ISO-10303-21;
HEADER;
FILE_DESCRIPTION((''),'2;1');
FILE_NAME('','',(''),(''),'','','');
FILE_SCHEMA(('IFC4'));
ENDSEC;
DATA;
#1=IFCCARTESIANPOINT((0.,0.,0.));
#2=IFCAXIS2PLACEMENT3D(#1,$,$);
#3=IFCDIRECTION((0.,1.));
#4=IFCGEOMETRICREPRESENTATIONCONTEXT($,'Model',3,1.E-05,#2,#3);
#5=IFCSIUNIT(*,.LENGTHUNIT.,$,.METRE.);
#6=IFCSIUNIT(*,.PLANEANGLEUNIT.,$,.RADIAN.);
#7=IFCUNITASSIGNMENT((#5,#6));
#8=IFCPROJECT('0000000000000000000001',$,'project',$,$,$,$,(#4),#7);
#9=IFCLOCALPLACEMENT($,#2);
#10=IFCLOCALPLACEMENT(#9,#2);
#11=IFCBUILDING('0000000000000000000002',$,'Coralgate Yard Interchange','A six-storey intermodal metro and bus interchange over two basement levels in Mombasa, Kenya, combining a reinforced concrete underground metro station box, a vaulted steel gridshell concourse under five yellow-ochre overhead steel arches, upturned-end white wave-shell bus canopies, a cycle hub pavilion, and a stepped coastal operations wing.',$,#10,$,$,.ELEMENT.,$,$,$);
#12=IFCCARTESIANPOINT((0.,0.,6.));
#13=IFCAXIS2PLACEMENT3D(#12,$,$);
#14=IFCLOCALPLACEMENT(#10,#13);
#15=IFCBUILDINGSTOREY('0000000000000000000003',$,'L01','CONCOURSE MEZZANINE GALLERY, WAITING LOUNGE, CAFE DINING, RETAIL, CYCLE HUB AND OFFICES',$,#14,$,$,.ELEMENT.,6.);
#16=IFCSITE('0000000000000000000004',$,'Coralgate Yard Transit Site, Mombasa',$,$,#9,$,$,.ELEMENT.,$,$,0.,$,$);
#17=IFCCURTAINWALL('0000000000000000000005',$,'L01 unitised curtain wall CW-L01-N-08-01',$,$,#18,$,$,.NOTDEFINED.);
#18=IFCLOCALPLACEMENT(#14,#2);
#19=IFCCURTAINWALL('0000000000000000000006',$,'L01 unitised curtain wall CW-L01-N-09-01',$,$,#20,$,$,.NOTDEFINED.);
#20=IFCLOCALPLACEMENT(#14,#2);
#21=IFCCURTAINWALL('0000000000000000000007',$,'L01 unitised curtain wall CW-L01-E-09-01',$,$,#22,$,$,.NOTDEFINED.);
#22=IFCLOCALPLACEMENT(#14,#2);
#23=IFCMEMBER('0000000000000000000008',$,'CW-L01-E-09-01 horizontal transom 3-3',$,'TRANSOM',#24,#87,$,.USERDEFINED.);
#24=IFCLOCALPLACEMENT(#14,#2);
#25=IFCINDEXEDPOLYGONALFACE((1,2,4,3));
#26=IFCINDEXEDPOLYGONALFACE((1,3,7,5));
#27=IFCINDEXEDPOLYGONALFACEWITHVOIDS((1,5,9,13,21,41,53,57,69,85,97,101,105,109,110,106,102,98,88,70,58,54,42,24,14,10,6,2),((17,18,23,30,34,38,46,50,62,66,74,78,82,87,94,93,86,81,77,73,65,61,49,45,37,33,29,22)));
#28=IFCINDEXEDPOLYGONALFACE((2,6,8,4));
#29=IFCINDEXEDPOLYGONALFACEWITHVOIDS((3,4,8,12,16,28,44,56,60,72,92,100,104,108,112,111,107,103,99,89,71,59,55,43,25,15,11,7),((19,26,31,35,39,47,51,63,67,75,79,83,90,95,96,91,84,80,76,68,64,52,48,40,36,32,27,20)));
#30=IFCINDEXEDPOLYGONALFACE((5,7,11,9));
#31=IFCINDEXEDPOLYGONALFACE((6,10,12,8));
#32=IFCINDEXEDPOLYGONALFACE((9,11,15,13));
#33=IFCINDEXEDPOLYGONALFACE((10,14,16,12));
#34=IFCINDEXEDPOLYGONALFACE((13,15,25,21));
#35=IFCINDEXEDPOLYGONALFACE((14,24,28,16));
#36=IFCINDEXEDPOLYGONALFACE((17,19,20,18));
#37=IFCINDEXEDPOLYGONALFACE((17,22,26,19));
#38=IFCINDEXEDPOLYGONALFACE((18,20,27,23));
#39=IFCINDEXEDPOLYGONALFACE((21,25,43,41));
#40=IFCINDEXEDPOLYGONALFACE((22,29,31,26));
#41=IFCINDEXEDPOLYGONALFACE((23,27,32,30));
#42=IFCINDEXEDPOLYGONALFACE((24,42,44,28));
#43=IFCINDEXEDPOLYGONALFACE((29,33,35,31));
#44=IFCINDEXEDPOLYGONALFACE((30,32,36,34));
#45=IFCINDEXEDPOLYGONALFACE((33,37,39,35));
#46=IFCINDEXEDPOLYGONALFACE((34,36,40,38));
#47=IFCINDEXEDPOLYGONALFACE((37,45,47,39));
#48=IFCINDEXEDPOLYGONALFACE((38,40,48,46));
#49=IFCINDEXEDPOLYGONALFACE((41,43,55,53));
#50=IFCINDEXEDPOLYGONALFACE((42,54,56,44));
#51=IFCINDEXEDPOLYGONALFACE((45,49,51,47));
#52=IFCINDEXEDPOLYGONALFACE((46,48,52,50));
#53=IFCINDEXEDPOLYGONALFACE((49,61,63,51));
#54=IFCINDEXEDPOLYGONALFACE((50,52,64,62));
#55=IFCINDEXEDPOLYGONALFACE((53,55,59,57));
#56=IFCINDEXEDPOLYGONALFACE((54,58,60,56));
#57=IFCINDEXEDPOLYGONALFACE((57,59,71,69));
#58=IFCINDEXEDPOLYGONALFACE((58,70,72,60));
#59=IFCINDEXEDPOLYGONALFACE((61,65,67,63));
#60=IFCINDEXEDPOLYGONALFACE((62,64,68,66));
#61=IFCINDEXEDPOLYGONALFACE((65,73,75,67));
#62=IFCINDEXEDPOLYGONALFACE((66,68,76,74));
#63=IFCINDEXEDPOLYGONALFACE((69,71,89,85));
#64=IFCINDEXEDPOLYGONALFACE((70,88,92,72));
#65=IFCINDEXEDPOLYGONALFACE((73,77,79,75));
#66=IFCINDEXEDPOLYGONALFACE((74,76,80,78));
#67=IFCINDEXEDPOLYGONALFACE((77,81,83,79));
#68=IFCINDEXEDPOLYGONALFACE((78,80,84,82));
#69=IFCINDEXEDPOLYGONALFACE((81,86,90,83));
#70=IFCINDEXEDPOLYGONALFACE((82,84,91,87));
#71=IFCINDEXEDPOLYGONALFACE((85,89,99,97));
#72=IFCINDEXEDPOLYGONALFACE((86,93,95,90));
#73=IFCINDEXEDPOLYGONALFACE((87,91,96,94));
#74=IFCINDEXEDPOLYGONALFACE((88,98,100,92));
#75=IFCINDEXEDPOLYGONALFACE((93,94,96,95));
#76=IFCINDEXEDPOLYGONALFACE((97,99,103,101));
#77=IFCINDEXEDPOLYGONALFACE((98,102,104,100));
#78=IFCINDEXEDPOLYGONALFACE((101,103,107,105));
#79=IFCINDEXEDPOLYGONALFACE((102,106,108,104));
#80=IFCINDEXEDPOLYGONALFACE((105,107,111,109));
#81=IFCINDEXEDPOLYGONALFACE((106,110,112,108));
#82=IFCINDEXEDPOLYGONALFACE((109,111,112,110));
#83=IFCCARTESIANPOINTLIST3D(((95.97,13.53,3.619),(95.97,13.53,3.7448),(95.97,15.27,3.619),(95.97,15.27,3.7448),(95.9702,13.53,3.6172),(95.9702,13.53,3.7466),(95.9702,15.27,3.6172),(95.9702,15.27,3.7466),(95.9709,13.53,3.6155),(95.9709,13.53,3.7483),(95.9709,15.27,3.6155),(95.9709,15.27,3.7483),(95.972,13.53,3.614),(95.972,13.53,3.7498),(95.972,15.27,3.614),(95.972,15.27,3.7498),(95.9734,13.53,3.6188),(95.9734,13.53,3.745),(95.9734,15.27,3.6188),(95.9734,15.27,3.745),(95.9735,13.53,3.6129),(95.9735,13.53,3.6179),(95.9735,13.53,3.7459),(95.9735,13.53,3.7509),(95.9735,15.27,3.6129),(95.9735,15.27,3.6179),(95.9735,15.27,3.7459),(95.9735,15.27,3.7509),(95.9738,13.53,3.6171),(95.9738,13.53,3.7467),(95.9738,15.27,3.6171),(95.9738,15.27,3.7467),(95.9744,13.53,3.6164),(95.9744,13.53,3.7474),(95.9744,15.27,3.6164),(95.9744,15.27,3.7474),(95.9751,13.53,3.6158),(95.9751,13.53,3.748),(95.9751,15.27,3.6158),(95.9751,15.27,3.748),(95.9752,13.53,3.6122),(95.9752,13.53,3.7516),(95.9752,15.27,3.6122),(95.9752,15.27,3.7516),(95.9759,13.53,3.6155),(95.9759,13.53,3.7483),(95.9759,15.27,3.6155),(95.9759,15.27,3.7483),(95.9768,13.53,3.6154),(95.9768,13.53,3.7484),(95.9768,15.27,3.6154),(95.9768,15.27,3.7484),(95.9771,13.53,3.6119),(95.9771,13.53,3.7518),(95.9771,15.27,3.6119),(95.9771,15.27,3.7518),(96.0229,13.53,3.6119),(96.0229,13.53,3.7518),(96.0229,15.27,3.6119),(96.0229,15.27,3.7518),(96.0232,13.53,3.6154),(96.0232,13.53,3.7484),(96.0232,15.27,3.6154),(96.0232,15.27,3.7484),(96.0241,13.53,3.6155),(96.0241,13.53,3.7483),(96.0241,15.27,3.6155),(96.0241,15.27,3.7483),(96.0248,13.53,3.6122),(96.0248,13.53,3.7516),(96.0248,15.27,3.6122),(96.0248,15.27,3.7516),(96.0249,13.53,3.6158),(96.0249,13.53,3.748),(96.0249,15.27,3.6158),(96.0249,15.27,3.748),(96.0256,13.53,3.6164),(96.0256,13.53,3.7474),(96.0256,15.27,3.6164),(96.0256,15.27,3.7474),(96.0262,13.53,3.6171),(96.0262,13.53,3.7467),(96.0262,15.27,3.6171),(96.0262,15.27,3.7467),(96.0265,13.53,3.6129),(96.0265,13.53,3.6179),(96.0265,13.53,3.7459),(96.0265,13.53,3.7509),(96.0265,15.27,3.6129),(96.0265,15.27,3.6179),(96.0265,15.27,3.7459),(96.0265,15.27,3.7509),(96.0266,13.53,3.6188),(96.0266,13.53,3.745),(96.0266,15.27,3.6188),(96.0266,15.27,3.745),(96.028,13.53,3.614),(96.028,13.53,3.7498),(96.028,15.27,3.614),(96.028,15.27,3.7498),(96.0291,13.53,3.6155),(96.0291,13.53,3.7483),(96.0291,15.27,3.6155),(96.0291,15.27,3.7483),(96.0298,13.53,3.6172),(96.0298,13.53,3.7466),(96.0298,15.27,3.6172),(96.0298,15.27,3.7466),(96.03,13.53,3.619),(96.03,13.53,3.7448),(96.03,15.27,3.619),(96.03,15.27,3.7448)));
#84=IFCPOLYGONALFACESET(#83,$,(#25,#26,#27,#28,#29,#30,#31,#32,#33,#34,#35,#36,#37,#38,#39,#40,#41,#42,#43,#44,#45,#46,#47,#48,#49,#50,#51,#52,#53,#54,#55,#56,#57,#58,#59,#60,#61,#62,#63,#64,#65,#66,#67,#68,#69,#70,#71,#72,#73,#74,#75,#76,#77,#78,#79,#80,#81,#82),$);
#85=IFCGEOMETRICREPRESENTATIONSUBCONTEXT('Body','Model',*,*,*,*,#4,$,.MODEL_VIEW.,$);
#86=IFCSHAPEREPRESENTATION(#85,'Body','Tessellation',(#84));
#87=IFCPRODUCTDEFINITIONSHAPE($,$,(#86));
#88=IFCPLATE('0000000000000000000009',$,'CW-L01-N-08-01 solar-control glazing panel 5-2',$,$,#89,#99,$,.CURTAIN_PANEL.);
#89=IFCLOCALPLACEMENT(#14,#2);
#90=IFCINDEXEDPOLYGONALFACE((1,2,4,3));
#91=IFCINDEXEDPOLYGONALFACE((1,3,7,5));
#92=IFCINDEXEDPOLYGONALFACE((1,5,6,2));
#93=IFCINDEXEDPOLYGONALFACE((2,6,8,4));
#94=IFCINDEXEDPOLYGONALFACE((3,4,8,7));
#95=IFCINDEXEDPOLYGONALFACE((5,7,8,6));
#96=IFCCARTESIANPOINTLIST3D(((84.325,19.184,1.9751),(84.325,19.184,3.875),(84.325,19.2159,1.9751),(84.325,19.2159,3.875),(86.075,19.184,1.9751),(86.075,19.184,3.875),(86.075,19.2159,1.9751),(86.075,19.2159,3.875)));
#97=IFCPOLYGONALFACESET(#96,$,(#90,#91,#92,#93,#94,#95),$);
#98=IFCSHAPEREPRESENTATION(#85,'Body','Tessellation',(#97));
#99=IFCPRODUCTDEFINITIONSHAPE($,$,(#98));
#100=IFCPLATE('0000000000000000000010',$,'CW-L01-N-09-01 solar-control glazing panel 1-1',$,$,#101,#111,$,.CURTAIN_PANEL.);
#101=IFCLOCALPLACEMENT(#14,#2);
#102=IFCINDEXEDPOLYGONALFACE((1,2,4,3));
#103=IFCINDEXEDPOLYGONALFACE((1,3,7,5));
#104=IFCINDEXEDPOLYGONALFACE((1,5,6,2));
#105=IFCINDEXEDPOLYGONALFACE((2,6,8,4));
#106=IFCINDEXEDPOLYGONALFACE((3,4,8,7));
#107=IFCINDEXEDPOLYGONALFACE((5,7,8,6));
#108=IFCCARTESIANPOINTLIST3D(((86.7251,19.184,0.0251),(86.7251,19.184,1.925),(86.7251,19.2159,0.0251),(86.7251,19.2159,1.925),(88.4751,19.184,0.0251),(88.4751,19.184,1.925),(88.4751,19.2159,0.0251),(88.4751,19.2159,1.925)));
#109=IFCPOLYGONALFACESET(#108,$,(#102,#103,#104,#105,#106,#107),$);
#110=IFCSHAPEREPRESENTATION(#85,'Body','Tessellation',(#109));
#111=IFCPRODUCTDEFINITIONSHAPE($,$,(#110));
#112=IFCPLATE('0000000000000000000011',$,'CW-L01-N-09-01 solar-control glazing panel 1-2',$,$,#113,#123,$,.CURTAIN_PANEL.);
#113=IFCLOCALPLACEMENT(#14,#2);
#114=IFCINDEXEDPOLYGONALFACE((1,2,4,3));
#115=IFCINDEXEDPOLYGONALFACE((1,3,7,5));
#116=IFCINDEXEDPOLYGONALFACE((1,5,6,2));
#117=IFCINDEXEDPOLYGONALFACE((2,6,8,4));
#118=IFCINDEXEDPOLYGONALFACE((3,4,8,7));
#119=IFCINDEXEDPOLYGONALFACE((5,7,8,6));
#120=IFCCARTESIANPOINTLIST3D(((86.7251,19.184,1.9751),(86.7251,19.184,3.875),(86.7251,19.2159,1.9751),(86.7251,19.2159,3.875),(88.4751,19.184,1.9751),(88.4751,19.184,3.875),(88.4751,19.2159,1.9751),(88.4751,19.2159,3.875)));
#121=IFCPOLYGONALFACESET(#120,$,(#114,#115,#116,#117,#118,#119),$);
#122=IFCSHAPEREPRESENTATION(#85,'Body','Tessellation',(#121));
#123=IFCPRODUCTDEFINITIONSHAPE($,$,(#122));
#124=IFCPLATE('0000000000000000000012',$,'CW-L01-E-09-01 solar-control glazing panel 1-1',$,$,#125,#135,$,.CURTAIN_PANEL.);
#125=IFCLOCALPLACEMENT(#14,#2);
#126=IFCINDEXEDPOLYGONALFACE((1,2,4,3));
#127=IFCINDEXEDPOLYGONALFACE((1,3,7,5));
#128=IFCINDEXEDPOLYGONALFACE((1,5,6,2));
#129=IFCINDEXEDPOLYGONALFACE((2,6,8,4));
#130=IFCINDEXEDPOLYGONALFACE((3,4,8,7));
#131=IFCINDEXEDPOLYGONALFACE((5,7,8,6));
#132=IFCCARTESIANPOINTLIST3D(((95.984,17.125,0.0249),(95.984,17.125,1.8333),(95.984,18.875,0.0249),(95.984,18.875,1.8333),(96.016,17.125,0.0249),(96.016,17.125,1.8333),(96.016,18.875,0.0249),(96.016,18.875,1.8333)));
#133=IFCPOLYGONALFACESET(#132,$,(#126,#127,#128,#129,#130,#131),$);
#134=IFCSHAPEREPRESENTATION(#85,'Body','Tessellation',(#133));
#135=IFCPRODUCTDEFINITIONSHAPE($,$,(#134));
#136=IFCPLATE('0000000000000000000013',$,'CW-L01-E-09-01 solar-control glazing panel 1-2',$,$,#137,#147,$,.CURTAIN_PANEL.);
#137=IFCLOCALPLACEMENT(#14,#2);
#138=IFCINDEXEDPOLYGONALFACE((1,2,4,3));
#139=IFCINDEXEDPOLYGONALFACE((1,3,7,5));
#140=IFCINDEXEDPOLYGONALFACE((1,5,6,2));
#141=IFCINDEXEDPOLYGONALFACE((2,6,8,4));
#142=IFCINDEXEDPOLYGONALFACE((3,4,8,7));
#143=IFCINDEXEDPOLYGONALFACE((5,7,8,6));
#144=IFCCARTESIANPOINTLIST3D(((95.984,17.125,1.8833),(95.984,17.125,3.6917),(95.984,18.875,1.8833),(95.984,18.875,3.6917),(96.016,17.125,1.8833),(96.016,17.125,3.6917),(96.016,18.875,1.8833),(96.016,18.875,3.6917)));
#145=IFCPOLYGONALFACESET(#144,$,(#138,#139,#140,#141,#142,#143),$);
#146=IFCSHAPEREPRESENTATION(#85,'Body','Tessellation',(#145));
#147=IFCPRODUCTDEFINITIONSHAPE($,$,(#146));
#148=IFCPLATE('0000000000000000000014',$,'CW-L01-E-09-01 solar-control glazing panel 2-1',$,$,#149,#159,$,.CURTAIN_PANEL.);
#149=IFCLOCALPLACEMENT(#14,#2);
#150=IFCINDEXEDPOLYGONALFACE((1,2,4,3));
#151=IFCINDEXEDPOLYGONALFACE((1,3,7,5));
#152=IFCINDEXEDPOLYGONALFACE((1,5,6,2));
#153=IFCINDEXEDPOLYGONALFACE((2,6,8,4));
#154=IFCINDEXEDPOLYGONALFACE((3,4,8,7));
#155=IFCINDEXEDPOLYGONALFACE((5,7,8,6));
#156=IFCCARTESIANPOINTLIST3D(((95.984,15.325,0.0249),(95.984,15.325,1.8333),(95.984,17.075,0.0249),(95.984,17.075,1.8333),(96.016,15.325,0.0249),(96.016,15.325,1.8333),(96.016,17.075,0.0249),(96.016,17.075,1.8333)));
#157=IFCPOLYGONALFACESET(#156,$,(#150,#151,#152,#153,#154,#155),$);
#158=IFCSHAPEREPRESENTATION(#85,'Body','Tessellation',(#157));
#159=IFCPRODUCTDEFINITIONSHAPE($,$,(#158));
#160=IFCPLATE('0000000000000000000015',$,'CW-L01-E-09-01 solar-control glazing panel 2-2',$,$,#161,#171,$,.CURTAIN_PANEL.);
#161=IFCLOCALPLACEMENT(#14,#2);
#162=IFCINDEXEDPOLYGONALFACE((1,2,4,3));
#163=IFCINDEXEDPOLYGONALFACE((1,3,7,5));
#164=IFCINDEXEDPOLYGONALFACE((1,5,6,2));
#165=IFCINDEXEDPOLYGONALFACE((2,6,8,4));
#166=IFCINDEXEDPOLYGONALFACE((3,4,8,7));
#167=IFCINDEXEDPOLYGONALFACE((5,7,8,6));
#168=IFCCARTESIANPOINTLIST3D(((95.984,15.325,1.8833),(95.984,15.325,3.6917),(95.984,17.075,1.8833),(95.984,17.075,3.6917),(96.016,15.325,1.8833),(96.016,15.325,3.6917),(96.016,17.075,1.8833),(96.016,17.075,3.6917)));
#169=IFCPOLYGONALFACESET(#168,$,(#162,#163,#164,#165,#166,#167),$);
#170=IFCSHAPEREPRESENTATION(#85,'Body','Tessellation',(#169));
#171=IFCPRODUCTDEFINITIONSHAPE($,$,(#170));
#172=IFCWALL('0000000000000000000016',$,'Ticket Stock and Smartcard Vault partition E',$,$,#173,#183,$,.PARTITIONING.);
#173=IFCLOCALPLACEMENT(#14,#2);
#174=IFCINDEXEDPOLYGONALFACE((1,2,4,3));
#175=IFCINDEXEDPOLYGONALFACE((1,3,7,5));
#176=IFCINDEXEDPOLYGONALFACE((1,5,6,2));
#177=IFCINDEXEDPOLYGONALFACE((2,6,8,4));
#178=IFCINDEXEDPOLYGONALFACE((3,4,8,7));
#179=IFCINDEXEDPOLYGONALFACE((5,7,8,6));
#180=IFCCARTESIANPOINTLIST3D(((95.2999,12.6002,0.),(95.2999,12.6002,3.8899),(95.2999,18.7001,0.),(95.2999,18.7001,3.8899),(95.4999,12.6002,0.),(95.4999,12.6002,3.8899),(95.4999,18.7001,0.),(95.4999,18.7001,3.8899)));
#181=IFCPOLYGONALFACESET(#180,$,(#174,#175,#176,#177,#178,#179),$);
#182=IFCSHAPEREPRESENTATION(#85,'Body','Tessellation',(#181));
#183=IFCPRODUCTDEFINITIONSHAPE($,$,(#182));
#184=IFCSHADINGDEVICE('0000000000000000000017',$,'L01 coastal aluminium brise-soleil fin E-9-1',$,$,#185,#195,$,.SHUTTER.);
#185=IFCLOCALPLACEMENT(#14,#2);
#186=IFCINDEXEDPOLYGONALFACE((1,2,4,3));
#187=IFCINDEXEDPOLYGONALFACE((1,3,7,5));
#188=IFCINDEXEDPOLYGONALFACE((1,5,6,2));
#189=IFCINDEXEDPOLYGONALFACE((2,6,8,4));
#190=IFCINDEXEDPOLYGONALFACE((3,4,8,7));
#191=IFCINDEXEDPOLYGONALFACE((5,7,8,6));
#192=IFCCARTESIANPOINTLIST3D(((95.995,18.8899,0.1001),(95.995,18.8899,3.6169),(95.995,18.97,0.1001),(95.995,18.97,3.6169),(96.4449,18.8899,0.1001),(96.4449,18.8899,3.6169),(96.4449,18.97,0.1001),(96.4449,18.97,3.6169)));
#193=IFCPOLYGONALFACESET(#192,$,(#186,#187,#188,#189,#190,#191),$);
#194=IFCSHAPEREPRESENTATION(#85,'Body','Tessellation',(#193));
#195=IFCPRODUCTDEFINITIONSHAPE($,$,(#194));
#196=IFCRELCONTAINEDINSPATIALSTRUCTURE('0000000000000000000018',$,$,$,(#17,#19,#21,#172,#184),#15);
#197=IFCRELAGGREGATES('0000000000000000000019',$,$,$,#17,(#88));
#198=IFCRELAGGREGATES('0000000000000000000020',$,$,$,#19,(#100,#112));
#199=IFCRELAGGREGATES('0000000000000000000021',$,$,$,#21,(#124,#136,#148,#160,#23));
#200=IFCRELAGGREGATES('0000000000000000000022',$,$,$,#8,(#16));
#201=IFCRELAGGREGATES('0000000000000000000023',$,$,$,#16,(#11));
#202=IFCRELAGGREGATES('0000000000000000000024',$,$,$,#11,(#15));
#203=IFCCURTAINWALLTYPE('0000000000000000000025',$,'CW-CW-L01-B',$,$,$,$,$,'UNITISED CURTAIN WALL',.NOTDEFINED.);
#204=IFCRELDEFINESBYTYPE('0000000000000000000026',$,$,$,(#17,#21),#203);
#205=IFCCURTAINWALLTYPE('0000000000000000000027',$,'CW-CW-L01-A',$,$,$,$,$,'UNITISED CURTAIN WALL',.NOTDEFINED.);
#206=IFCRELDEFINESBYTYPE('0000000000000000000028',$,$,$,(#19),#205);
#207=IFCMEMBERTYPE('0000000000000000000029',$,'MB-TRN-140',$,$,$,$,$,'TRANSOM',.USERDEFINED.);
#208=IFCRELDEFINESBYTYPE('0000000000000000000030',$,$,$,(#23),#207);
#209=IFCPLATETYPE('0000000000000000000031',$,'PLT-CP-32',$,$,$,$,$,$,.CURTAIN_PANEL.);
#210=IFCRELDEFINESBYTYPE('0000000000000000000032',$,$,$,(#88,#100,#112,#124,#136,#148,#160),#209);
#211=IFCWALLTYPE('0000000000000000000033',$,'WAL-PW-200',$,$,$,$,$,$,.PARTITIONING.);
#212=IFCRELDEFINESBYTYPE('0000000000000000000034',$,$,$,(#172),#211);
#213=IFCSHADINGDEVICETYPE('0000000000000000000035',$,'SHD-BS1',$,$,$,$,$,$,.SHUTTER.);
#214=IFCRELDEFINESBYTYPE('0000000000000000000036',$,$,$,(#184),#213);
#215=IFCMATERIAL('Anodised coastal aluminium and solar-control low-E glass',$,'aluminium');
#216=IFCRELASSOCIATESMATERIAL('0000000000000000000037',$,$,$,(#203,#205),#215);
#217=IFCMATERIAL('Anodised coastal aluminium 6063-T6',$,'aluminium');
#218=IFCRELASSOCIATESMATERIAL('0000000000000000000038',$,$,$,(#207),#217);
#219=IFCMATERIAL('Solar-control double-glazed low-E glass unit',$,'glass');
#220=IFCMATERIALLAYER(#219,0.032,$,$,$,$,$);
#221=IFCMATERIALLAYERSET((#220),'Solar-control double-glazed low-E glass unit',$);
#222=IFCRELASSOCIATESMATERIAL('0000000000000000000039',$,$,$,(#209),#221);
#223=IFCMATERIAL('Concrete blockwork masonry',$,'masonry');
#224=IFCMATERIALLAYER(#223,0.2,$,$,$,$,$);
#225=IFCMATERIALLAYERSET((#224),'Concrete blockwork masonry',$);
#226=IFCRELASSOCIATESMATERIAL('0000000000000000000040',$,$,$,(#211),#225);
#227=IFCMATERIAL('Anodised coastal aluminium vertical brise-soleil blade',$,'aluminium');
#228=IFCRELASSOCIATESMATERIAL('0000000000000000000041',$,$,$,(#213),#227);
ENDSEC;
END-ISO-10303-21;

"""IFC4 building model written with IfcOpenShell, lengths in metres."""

from ifc_helpers import new_model, si_unit, direction, frame, frame_2d, origin, origin_2d, place, context, subcontext, project, spatial, rectangle, hollow_rectangle, extrude, material, layer, layer_set, material_profile, profile_set, type_object, element, aggregate, save


model = new_model("IFC4")

# Units and contexts
model_context = context("Model", 3, precision=1e-05, world=origin(), true_north=direction((0.0, 1.0)))
body_context = subcontext(model_context, "Body", "Model", "MODEL_VIEW")
ifc_project = project(units=[si_unit("LENGTHUNIT", "METRE"), si_unit("PLANEANGLEUNIT", "RADIAN")], contexts=[model_context])

# Site, building, storey
site_placement = place(None, origin())
site = spatial("IfcSite", under=ifc_project, at=site_placement, Name="Coralgate Yard Transit Site, Mombasa", CompositionType="ELEMENT", RefElevation=0.0)
building_placement = place(site_placement, origin())
building = spatial("IfcBuilding", under=site, at=building_placement, Name="Coralgate Yard Interchange", Description="A six-storey intermodal metro and bus interchange over two basement levels in Mombasa, Kenya, combining a reinforced concrete underground metro station box, a vaulted steel gridshell concourse under five yellow-ochre overhead steel arches, upturned-end white wave-shell bus canopies, a cycle hub pavilion, and a stepped coastal operations wing.", CompositionType="ELEMENT")
storey_placement = place(building_placement, frame((0.0, 0.0, 6.0)))
storey = spatial("IfcBuildingStorey", under=building, at=storey_placement, Name="L01", Description="CONCOURSE MEZZANINE GALLERY, WAITING LOUNGE, CAFE DINING, RETAIL, CYCLE HUB AND OFFICES", CompositionType="ELEMENT", Elevation=6.0)

# Curtain walls
ifc_material_1 = material(Name="Anodised coastal aluminium and solar-control low-E glass", Category="aluminium")
curtain_wall_type_1 = type_object("IfcCurtainWallType", Name="CW-CW-L01-B", ElementType="UNITISED CURTAIN WALL", PredefinedType="NOTDEFINED", material=ifc_material_1)
curtain_wall_1_placement = place(storey_placement, origin())
curtain_wall_1 = element("IfcCurtainWall", 1, at=curtain_wall_1_placement, inside=storey, type_object=curtain_wall_type_1, Name="L01 unitised curtain wall CW-L01-N-08-01", PredefinedType="NOTDEFINED")
ifc_material_2 = material(Name="Anodised coastal aluminium 6063-T6", Category="aluminium")
curtain_wall_type_2 = type_object("IfcCurtainWallType", Name="CW-CW-L01-A", ElementType="UNITISED CURTAIN WALL", PredefinedType="NOTDEFINED", material=ifc_material_1)
curtain_wall_2_placement = place(storey_placement, origin())
curtain_wall_2 = element("IfcCurtainWall", 2, at=curtain_wall_2_placement, inside=storey, type_object=curtain_wall_type_2, Name="L01 unitised curtain wall CW-L01-N-09-01", PredefinedType="NOTDEFINED")

# Curtain wall
curtain_wall_3_placement = place(storey_placement, origin())
curtain_wall_3 = element("IfcCurtainWall", 3, at=curtain_wall_3_placement, inside=storey, type_object=curtain_wall_type_1, Name="L01 unitised curtain wall CW-L01-E-09-01", PredefinedType="NOTDEFINED")

# Member
ifc_material_profile_1 = material_profile(ifc_material_2, hollow_rectangle(XDim=0.0601, YDim=0.1399, WallThickness=0.0034, InnerFilletRadius=0.0034, OuterFilletRadius=0.0071, at=origin_2d()), Name="ALU 60x140x3.5")
ifc_profile_set_1 = profile_set([ifc_material_profile_1], Name="Anodised coastal aluminium 6063-T6")
member_type_1 = type_object("IfcMemberType", Name="MB-TRN-140", ElementType="TRANSOM", PredefinedType="USERDEFINED", material=ifc_profile_set_1)
member_1_placement = place(storey_placement, frame((96.0, 15.27, 3.6819), z_axis=(0.0, -1.0, 0.0), x_axis=(1.0, 0.0, 0.0)))
member_1 = element("IfcMember", 4, at=member_1_placement, type_object=member_type_1, Name="CW-L01-E-09-01 horizontal transom 3-3", ObjectType="TRANSOM", PredefinedType="USERDEFINED", context=body_context, shape_type="SweptSolid", body=[
    extrude(hollow_rectangle(XDim=0.0601, YDim=0.1399, WallThickness=0.0034, InnerFilletRadius=0.0034, OuterFilletRadius=0.0071, at=origin_2d()), origin(), (0.0, 0.0, 1.0), 1.74),
])

# Plates
ifc_material_3 = material(Name="Solar-control double-glazed low-E glass unit", Category="glass")
ifc_layer_1 = layer(ifc_material_3, 0.032)
ifc_layer_set_1 = layer_set([ifc_layer_1], Name="Solar-control double-glazed low-E glass unit")
plate_type = type_object("IfcPlateType", Name="PLT-CP-32", PredefinedType="CURTAIN_PANEL", material=ifc_layer_set_1)
plate_1_placement = place(storey_placement, frame((85.2, 19.2, 1.9751), z_axis=(0.0, 0.0, 1.0), x_axis=(1.0, 0.0, 0.0)))
plate_1 = element("IfcPlate", 5, at=plate_1_placement, type_object=plate_type, Name="CW-L01-N-08-01 solar-control glazing panel 5-2", PredefinedType="CURTAIN_PANEL", context=body_context, shape_type="SweptSolid", body=[
    extrude(rectangle(XDim=1.75, YDim=0.032, at=origin_2d()), origin(), (0.0, 0.0, 1.0), 1.8999),
])
aggregate(curtain_wall_1, [plate_1])
plate_2_placement = place(storey_placement, frame((87.6001, 19.2, 0.0251), z_axis=(0.0, 0.0, 1.0), x_axis=(1.0, 0.0, 0.0)))
plate_2 = element("IfcPlate", 6, at=plate_2_placement, type_object=plate_type, Name="CW-L01-N-09-01 solar-control glazing panel 1-1", PredefinedType="CURTAIN_PANEL", context=body_context, shape_type="SweptSolid", body=[
    extrude(rectangle(XDim=1.75, YDim=0.032, at=origin_2d()), origin(), (0.0, 0.0, 1.0), 1.8999),
])
plate_3_placement = place(storey_placement, frame((87.6001, 19.2, 1.9751), z_axis=(0.0, 0.0, 1.0), x_axis=(1.0, 0.0, 0.0)))
plate_3 = element("IfcPlate", 7, at=plate_3_placement, type_object=plate_type, Name="CW-L01-N-09-01 solar-control glazing panel 1-2", PredefinedType="CURTAIN_PANEL", context=body_context, shape_type="SweptSolid", body=[
    extrude(rectangle(XDim=1.75, YDim=0.032, at=origin_2d()), origin(), (0.0, 0.0, 1.0), 1.8999),
])
aggregate(curtain_wall_2, [plate_2, plate_3])
plate_4_placement = place(storey_placement, frame((96.0, 18.0, 0.0249), z_axis=(0.0, 0.0, 1.0), x_axis=(0.0, -1.0, 0.0)))
plate_4 = element("IfcPlate", 8, at=plate_4_placement, type_object=plate_type, Name="CW-L01-E-09-01 solar-control glazing panel 1-1", PredefinedType="CURTAIN_PANEL", context=body_context, shape_type="SweptSolid", body=[
    extrude(rectangle(XDim=1.75, YDim=0.032, at=origin_2d()), origin(), (0.0, 0.0, 1.0), 1.8083),
])
plate_5_placement = place(storey_placement, frame((96.0, 18.0, 1.8833), z_axis=(0.0, 0.0, 1.0), x_axis=(0.0, -1.0, 0.0)))
plate_5 = element("IfcPlate", 9, at=plate_5_placement, type_object=plate_type, Name="CW-L01-E-09-01 solar-control glazing panel 1-2", PredefinedType="CURTAIN_PANEL", context=body_context, shape_type="SweptSolid", body=[
    extrude(rectangle(XDim=1.75, YDim=0.032, at=origin_2d()), origin(), (0.0, 0.0, 1.0), 1.8083),
])
plate_6_placement = place(storey_placement, frame((96.0, 16.2, 0.0249), z_axis=(0.0, 0.0, 1.0), x_axis=(0.0, -1.0, 0.0)))
plate_6 = element("IfcPlate", 10, at=plate_6_placement, type_object=plate_type, Name="CW-L01-E-09-01 solar-control glazing panel 2-1", PredefinedType="CURTAIN_PANEL", context=body_context, shape_type="SweptSolid", body=[
    extrude(rectangle(XDim=1.75, YDim=0.032, at=origin_2d()), origin(), (0.0, 0.0, 1.0), 1.8083),
])
plate_7_placement = place(storey_placement, frame((96.0, 16.2, 1.8833), z_axis=(0.0, 0.0, 1.0), x_axis=(0.0, -1.0, 0.0)))
plate_7 = element("IfcPlate", 11, at=plate_7_placement, type_object=plate_type, Name="CW-L01-E-09-01 solar-control glazing panel 2-2", PredefinedType="CURTAIN_PANEL", context=body_context, shape_type="SweptSolid", body=[
    extrude(rectangle(XDim=1.75, YDim=0.032, at=origin_2d()), origin(), (0.0, 0.0, 1.0), 1.8083),
])
aggregate(curtain_wall_3, [plate_4, plate_5, plate_6, plate_7, member_1])

# Wall
ifc_material_4 = material(Name="Concrete blockwork masonry", Category="masonry")
ifc_layer_2 = layer(ifc_material_4, 0.2)
ifc_layer_set_2 = layer_set([ifc_layer_2], Name="Concrete blockwork masonry")
wall_type = type_object("IfcWallType", Name="WAL-PW-200", PredefinedType="PARTITIONING", material=ifc_layer_set_2)
wall_placement = place(storey_placement, frame((95.3999, 18.7, 0.0), z_axis=(0.0, 0.0, 1.0), x_axis=(0.0, -1.0, 0.0)))
element("IfcWall", 12, at=wall_placement, inside=storey, type_object=wall_type, Name="Ticket Stock and Smartcard Vault partition E", PredefinedType="PARTITIONING", context=body_context, shape_type="SweptSolid", body=[
    extrude(rectangle(XDim=6.0999, YDim=0.2, at=frame_2d((3.0498, 0.0))), origin(), (0.0, 0.0, 1.0), 3.8899),
])

# Shading device
ifc_material_5 = material(Name="Anodised coastal aluminium vertical brise-soleil blade", Category="aluminium")
shading_device_type = type_object("IfcShadingDeviceType", Name="SHD-BS1", PredefinedType="SHUTTER", material=ifc_material_5)
shading_device_placement = place(storey_placement, frame((96.22, 18.9299, 0.1001), z_axis=(0.0, 0.0, 1.0), x_axis=(0.0, -1.0, 0.0)))
element("IfcShadingDevice", 13, at=shading_device_placement, inside=storey, type_object=shading_device_type, Name="L01 coastal aluminium brise-soleil fin E-9-1", PredefinedType="SHUTTER", context=body_context, shape_type="SweptSolid", body=[
    extrude(rectangle(XDim=0.0801, YDim=0.45, at=origin_2d()), origin(), (0.0, 0.0, 1.0), 3.5168),
])

save(model, "model.ifc")
